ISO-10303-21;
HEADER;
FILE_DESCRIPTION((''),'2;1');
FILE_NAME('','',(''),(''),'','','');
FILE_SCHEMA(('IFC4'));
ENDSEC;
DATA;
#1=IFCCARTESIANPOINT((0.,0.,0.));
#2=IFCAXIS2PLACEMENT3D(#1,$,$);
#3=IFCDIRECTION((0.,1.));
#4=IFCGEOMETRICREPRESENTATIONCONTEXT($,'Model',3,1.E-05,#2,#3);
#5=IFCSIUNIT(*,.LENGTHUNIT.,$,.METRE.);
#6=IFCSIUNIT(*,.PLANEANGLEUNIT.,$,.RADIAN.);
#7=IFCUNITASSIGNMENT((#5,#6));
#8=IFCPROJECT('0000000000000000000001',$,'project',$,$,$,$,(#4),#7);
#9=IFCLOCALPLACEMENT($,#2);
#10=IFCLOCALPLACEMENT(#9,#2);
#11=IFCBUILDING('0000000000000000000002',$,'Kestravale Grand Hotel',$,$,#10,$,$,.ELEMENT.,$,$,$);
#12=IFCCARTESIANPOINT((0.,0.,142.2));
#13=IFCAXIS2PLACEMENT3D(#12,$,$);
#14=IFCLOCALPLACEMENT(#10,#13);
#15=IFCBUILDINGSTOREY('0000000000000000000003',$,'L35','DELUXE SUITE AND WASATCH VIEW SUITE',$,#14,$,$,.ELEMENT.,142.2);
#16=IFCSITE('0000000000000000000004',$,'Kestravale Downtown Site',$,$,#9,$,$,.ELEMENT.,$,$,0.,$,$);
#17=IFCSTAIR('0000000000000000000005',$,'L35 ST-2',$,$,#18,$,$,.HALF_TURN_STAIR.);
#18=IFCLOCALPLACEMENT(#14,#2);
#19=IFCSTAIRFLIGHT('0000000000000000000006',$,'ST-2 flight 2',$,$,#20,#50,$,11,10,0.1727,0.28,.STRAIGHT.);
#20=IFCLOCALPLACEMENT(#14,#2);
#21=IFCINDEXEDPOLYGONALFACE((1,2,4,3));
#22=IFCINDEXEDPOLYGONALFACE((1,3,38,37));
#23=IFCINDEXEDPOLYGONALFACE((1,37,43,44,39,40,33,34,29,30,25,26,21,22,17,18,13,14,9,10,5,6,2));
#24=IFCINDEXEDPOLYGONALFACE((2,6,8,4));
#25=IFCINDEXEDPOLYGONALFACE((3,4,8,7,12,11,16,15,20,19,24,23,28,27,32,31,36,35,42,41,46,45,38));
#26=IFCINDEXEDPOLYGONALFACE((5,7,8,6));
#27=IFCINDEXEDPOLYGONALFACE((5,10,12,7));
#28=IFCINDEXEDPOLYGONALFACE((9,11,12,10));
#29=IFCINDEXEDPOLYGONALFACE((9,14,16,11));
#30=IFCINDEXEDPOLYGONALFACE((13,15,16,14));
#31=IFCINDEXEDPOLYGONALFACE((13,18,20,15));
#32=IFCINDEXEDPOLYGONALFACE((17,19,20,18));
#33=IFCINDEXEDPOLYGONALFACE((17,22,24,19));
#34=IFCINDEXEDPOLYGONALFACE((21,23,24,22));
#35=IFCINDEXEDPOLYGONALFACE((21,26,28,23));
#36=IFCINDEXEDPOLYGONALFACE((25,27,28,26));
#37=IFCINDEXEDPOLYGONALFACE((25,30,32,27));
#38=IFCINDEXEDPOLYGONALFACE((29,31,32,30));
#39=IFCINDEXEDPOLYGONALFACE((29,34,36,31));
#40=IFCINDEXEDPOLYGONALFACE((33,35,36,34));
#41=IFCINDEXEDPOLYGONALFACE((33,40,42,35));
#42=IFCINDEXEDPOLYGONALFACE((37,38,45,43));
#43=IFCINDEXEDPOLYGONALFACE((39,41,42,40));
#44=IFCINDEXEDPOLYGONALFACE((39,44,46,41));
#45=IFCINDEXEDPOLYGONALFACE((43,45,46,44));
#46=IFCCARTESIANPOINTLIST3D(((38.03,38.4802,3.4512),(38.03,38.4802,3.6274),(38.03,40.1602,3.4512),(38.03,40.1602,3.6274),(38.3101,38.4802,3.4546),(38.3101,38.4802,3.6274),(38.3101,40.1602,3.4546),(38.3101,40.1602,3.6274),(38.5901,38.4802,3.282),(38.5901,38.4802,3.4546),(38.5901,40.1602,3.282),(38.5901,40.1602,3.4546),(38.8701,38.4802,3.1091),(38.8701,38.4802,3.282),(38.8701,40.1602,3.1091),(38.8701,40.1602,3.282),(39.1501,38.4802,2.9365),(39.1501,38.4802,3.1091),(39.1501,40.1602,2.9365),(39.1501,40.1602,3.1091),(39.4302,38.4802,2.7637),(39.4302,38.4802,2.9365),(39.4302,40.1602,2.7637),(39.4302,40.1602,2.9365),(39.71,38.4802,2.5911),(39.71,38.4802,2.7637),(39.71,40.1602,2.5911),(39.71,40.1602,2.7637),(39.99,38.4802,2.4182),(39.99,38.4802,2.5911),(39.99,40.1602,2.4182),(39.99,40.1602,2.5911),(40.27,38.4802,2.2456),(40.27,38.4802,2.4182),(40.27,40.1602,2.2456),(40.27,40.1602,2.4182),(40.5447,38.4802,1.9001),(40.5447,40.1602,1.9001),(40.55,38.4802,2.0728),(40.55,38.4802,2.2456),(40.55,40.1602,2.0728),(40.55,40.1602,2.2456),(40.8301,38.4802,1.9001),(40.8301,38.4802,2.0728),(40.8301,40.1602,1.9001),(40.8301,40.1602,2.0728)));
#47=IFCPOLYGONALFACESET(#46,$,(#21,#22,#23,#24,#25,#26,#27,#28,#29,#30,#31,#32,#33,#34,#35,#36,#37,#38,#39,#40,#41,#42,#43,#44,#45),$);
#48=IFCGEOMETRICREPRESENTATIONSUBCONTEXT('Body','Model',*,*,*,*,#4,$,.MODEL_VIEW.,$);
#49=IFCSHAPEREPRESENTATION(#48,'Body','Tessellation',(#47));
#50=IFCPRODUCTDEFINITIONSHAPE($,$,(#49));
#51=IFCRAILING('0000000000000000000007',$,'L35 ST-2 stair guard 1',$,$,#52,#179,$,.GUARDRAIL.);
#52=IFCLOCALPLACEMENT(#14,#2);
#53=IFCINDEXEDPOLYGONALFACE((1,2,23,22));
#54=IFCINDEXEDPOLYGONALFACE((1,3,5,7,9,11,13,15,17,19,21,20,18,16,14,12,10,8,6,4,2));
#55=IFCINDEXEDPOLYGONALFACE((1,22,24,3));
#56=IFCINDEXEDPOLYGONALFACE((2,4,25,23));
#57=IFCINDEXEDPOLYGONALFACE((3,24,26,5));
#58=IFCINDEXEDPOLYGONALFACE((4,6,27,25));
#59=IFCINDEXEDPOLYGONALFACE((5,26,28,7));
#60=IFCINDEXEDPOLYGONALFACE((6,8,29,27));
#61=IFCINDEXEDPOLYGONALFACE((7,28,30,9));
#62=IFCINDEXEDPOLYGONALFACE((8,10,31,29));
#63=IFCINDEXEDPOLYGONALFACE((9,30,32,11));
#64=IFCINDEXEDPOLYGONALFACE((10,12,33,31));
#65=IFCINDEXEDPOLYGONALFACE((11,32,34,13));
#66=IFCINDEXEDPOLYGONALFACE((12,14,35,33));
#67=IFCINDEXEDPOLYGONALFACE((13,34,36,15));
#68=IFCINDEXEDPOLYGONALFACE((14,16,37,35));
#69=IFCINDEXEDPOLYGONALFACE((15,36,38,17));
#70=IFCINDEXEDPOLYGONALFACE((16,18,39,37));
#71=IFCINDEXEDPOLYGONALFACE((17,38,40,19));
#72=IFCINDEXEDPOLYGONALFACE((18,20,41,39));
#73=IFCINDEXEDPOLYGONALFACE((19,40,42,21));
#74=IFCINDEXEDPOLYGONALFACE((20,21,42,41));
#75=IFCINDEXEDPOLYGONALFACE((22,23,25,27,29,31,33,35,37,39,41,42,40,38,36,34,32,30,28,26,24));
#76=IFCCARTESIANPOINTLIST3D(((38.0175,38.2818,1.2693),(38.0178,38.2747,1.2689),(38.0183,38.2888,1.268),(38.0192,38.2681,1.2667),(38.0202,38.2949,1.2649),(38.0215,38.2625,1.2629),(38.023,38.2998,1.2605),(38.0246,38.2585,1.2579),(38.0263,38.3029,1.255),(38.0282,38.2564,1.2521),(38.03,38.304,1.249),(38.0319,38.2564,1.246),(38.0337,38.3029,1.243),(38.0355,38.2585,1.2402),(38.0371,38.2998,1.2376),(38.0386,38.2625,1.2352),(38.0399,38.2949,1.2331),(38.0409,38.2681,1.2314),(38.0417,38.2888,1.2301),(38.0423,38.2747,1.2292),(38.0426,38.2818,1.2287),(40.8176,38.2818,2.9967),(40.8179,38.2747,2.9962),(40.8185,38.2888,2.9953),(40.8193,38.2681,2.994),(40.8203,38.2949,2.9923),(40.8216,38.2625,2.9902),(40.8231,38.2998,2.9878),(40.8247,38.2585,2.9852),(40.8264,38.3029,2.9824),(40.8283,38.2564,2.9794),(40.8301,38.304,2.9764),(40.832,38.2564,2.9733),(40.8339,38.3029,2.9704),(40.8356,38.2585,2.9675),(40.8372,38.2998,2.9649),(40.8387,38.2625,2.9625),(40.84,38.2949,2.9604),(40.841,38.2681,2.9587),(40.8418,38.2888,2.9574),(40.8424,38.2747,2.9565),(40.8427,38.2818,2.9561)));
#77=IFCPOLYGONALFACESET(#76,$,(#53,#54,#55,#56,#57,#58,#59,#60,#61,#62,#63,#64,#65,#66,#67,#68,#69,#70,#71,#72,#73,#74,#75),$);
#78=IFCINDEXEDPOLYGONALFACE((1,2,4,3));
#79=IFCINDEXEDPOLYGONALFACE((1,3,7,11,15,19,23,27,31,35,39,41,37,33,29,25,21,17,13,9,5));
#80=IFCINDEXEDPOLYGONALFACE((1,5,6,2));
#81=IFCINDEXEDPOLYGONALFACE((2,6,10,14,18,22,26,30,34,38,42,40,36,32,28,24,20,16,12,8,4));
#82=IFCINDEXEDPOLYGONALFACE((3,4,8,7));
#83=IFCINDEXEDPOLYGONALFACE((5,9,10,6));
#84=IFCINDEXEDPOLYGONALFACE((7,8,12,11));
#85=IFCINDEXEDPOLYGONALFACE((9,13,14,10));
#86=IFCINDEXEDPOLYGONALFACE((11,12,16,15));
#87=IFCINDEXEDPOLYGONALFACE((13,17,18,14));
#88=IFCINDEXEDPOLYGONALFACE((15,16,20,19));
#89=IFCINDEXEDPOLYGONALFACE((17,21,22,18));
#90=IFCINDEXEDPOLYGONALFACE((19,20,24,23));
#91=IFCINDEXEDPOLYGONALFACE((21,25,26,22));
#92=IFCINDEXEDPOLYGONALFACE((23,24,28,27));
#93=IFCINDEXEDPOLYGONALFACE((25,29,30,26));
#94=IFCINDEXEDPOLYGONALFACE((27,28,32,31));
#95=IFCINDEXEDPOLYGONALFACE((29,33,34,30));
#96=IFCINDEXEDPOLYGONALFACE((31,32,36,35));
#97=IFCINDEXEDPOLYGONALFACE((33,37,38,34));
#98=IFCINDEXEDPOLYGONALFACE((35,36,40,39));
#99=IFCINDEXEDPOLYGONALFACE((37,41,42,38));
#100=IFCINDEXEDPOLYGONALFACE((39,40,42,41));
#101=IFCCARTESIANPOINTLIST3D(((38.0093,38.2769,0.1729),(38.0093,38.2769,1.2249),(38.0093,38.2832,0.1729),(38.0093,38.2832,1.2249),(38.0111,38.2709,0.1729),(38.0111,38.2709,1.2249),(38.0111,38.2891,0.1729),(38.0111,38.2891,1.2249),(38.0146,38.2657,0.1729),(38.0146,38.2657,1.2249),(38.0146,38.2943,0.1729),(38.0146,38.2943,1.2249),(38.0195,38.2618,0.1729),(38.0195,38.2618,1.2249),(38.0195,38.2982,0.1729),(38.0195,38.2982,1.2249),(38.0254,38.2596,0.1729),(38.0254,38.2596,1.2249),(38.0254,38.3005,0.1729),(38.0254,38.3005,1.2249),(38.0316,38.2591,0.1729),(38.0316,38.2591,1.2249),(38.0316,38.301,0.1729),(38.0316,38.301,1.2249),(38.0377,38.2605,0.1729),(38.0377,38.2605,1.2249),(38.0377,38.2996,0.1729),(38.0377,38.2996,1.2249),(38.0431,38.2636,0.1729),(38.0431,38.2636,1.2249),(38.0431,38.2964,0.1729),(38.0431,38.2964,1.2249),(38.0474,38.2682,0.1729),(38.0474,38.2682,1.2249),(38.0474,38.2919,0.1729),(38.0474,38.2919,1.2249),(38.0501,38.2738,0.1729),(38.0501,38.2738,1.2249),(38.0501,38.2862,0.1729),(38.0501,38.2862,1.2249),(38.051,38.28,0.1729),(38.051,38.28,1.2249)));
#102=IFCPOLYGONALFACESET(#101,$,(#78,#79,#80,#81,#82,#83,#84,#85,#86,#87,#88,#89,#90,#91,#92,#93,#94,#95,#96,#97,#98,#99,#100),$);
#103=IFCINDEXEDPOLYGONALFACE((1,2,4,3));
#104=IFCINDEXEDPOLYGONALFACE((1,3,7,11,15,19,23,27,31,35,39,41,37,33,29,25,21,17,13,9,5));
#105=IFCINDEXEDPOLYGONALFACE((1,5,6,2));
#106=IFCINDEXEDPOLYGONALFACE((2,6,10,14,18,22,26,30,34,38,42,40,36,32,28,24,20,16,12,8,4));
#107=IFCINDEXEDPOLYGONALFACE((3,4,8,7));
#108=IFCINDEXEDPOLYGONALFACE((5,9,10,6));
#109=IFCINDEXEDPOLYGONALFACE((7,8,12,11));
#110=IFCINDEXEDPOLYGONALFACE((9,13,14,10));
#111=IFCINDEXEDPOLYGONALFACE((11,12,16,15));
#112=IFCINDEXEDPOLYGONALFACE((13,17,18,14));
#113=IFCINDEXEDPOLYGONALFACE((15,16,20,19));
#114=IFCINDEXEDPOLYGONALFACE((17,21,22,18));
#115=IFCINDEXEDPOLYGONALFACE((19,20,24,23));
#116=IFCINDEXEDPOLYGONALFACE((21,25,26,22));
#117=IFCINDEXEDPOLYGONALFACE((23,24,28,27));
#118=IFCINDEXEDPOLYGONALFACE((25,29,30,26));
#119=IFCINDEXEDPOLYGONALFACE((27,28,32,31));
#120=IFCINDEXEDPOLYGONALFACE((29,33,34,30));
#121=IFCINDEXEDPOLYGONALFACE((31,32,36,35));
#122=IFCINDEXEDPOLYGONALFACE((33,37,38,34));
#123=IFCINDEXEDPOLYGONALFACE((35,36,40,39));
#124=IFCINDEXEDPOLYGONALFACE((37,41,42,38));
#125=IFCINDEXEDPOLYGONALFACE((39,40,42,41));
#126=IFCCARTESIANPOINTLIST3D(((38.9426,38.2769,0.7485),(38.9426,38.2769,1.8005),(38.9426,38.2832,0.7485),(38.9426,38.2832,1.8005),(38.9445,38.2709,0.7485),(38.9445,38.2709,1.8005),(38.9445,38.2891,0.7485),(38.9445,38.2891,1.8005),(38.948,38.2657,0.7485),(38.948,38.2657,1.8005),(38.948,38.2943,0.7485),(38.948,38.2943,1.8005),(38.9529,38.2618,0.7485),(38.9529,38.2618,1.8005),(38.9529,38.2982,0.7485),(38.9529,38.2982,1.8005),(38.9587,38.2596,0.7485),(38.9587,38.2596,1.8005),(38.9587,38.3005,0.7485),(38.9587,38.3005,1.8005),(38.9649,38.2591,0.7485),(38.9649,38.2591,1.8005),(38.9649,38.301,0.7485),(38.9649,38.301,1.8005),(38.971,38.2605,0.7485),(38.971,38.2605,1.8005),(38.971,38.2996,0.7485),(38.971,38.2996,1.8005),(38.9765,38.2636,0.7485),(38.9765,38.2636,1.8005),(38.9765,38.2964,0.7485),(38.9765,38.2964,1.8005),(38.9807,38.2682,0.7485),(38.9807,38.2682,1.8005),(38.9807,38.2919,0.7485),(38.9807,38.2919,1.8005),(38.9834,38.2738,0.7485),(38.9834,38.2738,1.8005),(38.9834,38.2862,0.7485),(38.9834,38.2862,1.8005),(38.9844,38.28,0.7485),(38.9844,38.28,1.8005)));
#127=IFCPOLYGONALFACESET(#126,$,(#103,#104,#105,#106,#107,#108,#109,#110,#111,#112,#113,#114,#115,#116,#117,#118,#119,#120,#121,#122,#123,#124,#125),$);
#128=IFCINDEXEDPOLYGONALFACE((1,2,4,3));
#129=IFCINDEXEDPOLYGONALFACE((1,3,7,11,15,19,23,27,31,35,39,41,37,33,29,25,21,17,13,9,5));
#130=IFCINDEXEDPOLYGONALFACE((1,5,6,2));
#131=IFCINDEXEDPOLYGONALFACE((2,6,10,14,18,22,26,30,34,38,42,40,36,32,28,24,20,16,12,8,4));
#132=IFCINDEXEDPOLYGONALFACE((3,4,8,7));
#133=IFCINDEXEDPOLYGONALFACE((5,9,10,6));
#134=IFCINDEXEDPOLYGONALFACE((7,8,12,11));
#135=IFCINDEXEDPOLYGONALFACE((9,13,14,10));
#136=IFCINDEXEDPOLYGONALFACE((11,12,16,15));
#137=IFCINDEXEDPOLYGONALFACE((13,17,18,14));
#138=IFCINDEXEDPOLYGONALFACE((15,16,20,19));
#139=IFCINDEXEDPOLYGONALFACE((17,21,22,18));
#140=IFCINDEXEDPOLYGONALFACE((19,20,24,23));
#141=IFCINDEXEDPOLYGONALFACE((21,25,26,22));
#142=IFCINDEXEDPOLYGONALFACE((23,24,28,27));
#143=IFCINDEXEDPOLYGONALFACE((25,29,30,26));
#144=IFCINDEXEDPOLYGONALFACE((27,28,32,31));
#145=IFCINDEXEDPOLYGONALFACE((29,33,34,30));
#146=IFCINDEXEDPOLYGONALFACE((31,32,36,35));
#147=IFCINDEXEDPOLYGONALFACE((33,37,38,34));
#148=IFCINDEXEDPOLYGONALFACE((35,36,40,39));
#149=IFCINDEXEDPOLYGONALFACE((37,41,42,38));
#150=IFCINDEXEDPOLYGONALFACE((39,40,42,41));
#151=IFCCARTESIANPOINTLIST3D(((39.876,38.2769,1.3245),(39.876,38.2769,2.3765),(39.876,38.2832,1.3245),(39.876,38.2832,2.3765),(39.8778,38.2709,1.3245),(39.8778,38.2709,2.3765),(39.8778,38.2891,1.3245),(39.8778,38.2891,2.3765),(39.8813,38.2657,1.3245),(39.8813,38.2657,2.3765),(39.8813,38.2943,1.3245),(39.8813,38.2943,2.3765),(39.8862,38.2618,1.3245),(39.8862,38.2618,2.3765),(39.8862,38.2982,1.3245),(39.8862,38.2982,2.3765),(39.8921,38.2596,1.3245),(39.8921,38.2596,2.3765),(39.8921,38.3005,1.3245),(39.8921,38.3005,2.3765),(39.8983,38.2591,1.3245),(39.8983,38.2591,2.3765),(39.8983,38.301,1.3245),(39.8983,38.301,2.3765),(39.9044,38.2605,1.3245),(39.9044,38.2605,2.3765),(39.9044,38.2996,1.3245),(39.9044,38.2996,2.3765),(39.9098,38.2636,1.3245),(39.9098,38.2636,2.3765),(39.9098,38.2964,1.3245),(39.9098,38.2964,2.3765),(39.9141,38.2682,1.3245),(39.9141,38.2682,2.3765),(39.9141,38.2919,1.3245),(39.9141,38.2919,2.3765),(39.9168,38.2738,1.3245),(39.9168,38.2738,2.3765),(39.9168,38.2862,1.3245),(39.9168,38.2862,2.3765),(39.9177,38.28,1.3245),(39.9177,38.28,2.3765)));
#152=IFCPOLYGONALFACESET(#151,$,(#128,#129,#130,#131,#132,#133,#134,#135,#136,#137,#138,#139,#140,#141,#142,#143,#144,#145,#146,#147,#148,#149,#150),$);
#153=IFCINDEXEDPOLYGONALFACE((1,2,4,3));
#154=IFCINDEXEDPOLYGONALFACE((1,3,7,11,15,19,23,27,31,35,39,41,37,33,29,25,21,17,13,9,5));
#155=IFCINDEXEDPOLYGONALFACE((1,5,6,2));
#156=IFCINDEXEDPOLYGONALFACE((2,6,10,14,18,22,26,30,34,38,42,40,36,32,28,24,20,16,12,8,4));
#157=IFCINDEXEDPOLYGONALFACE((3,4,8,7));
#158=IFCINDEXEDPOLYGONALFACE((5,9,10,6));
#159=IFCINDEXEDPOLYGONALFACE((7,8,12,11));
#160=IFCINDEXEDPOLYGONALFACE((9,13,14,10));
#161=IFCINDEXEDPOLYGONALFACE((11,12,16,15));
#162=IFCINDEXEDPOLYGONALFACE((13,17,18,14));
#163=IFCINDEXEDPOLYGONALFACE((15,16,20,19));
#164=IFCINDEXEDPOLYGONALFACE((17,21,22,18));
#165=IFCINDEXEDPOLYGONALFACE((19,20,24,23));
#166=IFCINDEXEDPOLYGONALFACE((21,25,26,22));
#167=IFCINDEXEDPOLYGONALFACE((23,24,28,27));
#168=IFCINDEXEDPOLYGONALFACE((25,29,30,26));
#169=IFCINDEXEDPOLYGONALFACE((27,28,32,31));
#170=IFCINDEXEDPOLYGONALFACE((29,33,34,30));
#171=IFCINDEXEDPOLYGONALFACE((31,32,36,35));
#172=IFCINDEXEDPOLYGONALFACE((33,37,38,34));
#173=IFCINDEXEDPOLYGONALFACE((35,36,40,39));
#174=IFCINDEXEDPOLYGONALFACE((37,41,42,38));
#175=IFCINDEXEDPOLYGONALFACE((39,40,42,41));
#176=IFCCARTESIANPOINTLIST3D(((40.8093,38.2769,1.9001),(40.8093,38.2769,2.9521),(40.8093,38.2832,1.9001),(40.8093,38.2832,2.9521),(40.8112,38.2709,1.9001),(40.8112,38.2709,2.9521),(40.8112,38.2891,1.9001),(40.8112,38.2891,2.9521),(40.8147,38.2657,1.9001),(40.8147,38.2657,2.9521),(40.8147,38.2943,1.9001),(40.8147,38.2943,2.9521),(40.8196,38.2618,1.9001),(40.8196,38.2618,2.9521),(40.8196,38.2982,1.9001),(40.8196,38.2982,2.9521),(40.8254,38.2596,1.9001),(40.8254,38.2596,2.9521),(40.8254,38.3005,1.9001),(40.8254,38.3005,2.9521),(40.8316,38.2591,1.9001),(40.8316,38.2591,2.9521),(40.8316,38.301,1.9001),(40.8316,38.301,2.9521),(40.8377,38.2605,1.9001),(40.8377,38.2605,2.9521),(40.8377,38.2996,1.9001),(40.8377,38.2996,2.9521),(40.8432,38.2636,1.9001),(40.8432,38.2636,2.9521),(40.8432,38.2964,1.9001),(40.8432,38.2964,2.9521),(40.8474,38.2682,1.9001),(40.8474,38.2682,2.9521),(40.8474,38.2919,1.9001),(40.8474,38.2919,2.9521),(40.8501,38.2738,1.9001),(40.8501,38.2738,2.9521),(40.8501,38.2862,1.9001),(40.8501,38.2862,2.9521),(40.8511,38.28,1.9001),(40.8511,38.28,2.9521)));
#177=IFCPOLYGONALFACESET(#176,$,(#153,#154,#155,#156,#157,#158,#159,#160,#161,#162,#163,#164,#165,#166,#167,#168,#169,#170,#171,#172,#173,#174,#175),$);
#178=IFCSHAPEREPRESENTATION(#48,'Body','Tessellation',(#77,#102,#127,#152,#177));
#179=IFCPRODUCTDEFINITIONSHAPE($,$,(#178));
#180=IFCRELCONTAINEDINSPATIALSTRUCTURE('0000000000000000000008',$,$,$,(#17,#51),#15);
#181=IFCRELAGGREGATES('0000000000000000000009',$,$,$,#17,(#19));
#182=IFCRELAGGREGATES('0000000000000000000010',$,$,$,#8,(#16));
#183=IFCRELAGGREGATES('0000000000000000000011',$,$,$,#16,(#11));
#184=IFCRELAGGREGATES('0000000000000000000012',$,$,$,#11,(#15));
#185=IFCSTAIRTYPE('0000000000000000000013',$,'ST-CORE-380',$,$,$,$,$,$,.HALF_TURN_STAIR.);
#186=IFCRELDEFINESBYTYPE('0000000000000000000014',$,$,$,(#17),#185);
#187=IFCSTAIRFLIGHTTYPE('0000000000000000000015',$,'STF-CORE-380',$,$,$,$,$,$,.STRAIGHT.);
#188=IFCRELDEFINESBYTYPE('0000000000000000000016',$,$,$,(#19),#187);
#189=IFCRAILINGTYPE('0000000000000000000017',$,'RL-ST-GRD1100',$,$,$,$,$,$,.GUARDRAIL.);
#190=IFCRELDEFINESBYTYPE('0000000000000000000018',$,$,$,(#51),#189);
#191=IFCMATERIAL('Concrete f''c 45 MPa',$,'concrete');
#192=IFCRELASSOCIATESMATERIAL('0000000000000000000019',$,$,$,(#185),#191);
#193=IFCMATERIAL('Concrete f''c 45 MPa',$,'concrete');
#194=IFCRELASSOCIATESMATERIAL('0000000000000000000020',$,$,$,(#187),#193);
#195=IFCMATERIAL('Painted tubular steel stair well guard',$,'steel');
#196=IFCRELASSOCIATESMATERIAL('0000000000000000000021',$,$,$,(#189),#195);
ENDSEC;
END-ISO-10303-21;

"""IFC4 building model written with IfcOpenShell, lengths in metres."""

from ifc_helpers import new_model, si_unit, direction, frame, origin, origin_2d, place, context, subcontext, project, spatial, polyline, circle, outline, extrude, material, type_object, element, aggregate, save


model = new_model("IFC4")

# Units and contexts
model_context = context("Model", 3, precision=1e-05, world=origin(), true_north=direction((0.0, 1.0)))
body_context = subcontext(model_context, "Body", "Model", "MODEL_VIEW")
ifc_project = project(units=[si_unit("LENGTHUNIT", "METRE"), si_unit("PLANEANGLEUNIT", "RADIAN")], contexts=[model_context])

# Site, building, storey
site_placement = place(None, origin())
site = spatial("IfcSite", under=ifc_project, at=site_placement, Name="Kestravale Downtown Site", CompositionType="ELEMENT", RefElevation=0.0)
building_placement = place(site_placement, origin())
building = spatial("IfcBuilding", under=site, at=building_placement, Name="Kestravale Grand Hotel", CompositionType="ELEMENT")
storey_placement = place(building_placement, frame((0.0, 0.0, 142.2)))
storey = spatial("IfcBuildingStorey", under=building, at=storey_placement, Name="L35", Description="DELUXE SUITE AND WASATCH VIEW SUITE", CompositionType="ELEMENT", Elevation=142.2)

# Stair, stair flight
ifc_material_1 = material(Name="Concrete f'c 45 MPa", Category="concrete")
stair_type = type_object("IfcStairType", Name="ST-CORE-380", PredefinedType="HALF_TURN_STAIR", material=ifc_material_1)
stair_placement = place(storey_placement, origin())
stair = element("IfcStair", 1, at=stair_placement, inside=storey, type_object=stair_type, Name="L35 ST-2", PredefinedType="HALF_TURN_STAIR")
ifc_material_2 = material(Name="Concrete f'c 45 MPa", Category="concrete")
stair_flight_type = type_object("IfcStairFlightType", Name="STF-CORE-380", PredefinedType="STRAIGHT", material=ifc_material_2)
stair_flight_1_placement = place(storey_placement, frame((40.8301, 39.3201, 1.9001), z_axis=(0.0, 0.0, 1.0), x_axis=(-1.0, 0.0, 0.0)))
stair_flight_1 = element("IfcStairFlight", 2, at=stair_flight_1_placement, type_object=stair_flight_type, Name="ST-2 flight 2", NumberOfRisers=11, NumberOfTreads=10, PredefinedType="STRAIGHT", RiserHeight=0.1727, TreadLength=0.28, context=body_context, shape_type="SweptSolid", body=[
    extrude(outline(polyline([(0.0, 0.0), (0.0, 0.1726), (0.28, 0.1726), (0.28, 0.3455), (0.5601, 0.3455), (0.5601, 0.5181), (0.8401, 0.5181), (0.8401, 0.6909), (1.1201, 0.6909), (1.1201, 0.8635), (1.3999, 0.8635), (1.3999, 1.0364), (1.6799, 1.0364), (1.6799, 1.209), (1.96, 1.209), (1.96, 1.3818), (2.24, 1.3818), (2.24, 1.5544), (2.52, 1.5544), (2.52, 1.7273), (2.8, 1.7273), (2.8, 1.8999), (2.8, 1.551), (0.2854, 0.0), (0.0, 0.0)])), frame((0.0, 0.8398, 0.0), z_axis=(0.0, -1.0, 0.0), x_axis=(1.0, 0.0, 0.0)), (0.0, 0.0, 1.0), 1.6799),
])
aggregate(stair, [stair_flight_1])

# Railing
ifc_material_3 = material(Name="Painted tubular steel stair well guard", Category="steel")
railing_type_1 = type_object("IfcRailingType", Name="RL-ST-GRD1100", PredefinedType="GUARDRAIL", material=ifc_material_3)
railing_1_placement = place(storey_placement, frame((38.03, 38.28, 0.1729)))
element("IfcRailing", 3, at=railing_1_placement, inside=storey, type_object=railing_type_1, Name="L35 ST-2 stair guard 1", PredefinedType="GUARDRAIL", context=body_context, shape_type="SweptSolid", body=[
    extrude(circle(Radius=0.0239, at=origin_2d()), frame((0.0, 0.0, 1.0762), z_axis=(0.85109, 0.0, 0.52502), x_axis=(0.0, 1.0, 0.0)), (0.0, 0.0, 1.0), 3.29),
    extrude(circle(Radius=0.021, at=origin_2d()), origin(), (0.0, 0.0, 1.0), 1.052),
    extrude(circle(Radius=0.021, at=origin_2d()), frame((0.9333, 0.0, 0.5757)), (0.0, 0.0, 1.0), 1.052),
    extrude(circle(Radius=0.021, at=origin_2d()), frame((1.8667, 0.0, 1.1516)), (0.0, 0.0, 1.0), 1.052),
    extrude(circle(Radius=0.021, at=origin_2d()), frame((2.8, 0.0, 1.7273)), (0.0, 0.0, 1.0), 1.052),
])

save(model, "model.ifc")
